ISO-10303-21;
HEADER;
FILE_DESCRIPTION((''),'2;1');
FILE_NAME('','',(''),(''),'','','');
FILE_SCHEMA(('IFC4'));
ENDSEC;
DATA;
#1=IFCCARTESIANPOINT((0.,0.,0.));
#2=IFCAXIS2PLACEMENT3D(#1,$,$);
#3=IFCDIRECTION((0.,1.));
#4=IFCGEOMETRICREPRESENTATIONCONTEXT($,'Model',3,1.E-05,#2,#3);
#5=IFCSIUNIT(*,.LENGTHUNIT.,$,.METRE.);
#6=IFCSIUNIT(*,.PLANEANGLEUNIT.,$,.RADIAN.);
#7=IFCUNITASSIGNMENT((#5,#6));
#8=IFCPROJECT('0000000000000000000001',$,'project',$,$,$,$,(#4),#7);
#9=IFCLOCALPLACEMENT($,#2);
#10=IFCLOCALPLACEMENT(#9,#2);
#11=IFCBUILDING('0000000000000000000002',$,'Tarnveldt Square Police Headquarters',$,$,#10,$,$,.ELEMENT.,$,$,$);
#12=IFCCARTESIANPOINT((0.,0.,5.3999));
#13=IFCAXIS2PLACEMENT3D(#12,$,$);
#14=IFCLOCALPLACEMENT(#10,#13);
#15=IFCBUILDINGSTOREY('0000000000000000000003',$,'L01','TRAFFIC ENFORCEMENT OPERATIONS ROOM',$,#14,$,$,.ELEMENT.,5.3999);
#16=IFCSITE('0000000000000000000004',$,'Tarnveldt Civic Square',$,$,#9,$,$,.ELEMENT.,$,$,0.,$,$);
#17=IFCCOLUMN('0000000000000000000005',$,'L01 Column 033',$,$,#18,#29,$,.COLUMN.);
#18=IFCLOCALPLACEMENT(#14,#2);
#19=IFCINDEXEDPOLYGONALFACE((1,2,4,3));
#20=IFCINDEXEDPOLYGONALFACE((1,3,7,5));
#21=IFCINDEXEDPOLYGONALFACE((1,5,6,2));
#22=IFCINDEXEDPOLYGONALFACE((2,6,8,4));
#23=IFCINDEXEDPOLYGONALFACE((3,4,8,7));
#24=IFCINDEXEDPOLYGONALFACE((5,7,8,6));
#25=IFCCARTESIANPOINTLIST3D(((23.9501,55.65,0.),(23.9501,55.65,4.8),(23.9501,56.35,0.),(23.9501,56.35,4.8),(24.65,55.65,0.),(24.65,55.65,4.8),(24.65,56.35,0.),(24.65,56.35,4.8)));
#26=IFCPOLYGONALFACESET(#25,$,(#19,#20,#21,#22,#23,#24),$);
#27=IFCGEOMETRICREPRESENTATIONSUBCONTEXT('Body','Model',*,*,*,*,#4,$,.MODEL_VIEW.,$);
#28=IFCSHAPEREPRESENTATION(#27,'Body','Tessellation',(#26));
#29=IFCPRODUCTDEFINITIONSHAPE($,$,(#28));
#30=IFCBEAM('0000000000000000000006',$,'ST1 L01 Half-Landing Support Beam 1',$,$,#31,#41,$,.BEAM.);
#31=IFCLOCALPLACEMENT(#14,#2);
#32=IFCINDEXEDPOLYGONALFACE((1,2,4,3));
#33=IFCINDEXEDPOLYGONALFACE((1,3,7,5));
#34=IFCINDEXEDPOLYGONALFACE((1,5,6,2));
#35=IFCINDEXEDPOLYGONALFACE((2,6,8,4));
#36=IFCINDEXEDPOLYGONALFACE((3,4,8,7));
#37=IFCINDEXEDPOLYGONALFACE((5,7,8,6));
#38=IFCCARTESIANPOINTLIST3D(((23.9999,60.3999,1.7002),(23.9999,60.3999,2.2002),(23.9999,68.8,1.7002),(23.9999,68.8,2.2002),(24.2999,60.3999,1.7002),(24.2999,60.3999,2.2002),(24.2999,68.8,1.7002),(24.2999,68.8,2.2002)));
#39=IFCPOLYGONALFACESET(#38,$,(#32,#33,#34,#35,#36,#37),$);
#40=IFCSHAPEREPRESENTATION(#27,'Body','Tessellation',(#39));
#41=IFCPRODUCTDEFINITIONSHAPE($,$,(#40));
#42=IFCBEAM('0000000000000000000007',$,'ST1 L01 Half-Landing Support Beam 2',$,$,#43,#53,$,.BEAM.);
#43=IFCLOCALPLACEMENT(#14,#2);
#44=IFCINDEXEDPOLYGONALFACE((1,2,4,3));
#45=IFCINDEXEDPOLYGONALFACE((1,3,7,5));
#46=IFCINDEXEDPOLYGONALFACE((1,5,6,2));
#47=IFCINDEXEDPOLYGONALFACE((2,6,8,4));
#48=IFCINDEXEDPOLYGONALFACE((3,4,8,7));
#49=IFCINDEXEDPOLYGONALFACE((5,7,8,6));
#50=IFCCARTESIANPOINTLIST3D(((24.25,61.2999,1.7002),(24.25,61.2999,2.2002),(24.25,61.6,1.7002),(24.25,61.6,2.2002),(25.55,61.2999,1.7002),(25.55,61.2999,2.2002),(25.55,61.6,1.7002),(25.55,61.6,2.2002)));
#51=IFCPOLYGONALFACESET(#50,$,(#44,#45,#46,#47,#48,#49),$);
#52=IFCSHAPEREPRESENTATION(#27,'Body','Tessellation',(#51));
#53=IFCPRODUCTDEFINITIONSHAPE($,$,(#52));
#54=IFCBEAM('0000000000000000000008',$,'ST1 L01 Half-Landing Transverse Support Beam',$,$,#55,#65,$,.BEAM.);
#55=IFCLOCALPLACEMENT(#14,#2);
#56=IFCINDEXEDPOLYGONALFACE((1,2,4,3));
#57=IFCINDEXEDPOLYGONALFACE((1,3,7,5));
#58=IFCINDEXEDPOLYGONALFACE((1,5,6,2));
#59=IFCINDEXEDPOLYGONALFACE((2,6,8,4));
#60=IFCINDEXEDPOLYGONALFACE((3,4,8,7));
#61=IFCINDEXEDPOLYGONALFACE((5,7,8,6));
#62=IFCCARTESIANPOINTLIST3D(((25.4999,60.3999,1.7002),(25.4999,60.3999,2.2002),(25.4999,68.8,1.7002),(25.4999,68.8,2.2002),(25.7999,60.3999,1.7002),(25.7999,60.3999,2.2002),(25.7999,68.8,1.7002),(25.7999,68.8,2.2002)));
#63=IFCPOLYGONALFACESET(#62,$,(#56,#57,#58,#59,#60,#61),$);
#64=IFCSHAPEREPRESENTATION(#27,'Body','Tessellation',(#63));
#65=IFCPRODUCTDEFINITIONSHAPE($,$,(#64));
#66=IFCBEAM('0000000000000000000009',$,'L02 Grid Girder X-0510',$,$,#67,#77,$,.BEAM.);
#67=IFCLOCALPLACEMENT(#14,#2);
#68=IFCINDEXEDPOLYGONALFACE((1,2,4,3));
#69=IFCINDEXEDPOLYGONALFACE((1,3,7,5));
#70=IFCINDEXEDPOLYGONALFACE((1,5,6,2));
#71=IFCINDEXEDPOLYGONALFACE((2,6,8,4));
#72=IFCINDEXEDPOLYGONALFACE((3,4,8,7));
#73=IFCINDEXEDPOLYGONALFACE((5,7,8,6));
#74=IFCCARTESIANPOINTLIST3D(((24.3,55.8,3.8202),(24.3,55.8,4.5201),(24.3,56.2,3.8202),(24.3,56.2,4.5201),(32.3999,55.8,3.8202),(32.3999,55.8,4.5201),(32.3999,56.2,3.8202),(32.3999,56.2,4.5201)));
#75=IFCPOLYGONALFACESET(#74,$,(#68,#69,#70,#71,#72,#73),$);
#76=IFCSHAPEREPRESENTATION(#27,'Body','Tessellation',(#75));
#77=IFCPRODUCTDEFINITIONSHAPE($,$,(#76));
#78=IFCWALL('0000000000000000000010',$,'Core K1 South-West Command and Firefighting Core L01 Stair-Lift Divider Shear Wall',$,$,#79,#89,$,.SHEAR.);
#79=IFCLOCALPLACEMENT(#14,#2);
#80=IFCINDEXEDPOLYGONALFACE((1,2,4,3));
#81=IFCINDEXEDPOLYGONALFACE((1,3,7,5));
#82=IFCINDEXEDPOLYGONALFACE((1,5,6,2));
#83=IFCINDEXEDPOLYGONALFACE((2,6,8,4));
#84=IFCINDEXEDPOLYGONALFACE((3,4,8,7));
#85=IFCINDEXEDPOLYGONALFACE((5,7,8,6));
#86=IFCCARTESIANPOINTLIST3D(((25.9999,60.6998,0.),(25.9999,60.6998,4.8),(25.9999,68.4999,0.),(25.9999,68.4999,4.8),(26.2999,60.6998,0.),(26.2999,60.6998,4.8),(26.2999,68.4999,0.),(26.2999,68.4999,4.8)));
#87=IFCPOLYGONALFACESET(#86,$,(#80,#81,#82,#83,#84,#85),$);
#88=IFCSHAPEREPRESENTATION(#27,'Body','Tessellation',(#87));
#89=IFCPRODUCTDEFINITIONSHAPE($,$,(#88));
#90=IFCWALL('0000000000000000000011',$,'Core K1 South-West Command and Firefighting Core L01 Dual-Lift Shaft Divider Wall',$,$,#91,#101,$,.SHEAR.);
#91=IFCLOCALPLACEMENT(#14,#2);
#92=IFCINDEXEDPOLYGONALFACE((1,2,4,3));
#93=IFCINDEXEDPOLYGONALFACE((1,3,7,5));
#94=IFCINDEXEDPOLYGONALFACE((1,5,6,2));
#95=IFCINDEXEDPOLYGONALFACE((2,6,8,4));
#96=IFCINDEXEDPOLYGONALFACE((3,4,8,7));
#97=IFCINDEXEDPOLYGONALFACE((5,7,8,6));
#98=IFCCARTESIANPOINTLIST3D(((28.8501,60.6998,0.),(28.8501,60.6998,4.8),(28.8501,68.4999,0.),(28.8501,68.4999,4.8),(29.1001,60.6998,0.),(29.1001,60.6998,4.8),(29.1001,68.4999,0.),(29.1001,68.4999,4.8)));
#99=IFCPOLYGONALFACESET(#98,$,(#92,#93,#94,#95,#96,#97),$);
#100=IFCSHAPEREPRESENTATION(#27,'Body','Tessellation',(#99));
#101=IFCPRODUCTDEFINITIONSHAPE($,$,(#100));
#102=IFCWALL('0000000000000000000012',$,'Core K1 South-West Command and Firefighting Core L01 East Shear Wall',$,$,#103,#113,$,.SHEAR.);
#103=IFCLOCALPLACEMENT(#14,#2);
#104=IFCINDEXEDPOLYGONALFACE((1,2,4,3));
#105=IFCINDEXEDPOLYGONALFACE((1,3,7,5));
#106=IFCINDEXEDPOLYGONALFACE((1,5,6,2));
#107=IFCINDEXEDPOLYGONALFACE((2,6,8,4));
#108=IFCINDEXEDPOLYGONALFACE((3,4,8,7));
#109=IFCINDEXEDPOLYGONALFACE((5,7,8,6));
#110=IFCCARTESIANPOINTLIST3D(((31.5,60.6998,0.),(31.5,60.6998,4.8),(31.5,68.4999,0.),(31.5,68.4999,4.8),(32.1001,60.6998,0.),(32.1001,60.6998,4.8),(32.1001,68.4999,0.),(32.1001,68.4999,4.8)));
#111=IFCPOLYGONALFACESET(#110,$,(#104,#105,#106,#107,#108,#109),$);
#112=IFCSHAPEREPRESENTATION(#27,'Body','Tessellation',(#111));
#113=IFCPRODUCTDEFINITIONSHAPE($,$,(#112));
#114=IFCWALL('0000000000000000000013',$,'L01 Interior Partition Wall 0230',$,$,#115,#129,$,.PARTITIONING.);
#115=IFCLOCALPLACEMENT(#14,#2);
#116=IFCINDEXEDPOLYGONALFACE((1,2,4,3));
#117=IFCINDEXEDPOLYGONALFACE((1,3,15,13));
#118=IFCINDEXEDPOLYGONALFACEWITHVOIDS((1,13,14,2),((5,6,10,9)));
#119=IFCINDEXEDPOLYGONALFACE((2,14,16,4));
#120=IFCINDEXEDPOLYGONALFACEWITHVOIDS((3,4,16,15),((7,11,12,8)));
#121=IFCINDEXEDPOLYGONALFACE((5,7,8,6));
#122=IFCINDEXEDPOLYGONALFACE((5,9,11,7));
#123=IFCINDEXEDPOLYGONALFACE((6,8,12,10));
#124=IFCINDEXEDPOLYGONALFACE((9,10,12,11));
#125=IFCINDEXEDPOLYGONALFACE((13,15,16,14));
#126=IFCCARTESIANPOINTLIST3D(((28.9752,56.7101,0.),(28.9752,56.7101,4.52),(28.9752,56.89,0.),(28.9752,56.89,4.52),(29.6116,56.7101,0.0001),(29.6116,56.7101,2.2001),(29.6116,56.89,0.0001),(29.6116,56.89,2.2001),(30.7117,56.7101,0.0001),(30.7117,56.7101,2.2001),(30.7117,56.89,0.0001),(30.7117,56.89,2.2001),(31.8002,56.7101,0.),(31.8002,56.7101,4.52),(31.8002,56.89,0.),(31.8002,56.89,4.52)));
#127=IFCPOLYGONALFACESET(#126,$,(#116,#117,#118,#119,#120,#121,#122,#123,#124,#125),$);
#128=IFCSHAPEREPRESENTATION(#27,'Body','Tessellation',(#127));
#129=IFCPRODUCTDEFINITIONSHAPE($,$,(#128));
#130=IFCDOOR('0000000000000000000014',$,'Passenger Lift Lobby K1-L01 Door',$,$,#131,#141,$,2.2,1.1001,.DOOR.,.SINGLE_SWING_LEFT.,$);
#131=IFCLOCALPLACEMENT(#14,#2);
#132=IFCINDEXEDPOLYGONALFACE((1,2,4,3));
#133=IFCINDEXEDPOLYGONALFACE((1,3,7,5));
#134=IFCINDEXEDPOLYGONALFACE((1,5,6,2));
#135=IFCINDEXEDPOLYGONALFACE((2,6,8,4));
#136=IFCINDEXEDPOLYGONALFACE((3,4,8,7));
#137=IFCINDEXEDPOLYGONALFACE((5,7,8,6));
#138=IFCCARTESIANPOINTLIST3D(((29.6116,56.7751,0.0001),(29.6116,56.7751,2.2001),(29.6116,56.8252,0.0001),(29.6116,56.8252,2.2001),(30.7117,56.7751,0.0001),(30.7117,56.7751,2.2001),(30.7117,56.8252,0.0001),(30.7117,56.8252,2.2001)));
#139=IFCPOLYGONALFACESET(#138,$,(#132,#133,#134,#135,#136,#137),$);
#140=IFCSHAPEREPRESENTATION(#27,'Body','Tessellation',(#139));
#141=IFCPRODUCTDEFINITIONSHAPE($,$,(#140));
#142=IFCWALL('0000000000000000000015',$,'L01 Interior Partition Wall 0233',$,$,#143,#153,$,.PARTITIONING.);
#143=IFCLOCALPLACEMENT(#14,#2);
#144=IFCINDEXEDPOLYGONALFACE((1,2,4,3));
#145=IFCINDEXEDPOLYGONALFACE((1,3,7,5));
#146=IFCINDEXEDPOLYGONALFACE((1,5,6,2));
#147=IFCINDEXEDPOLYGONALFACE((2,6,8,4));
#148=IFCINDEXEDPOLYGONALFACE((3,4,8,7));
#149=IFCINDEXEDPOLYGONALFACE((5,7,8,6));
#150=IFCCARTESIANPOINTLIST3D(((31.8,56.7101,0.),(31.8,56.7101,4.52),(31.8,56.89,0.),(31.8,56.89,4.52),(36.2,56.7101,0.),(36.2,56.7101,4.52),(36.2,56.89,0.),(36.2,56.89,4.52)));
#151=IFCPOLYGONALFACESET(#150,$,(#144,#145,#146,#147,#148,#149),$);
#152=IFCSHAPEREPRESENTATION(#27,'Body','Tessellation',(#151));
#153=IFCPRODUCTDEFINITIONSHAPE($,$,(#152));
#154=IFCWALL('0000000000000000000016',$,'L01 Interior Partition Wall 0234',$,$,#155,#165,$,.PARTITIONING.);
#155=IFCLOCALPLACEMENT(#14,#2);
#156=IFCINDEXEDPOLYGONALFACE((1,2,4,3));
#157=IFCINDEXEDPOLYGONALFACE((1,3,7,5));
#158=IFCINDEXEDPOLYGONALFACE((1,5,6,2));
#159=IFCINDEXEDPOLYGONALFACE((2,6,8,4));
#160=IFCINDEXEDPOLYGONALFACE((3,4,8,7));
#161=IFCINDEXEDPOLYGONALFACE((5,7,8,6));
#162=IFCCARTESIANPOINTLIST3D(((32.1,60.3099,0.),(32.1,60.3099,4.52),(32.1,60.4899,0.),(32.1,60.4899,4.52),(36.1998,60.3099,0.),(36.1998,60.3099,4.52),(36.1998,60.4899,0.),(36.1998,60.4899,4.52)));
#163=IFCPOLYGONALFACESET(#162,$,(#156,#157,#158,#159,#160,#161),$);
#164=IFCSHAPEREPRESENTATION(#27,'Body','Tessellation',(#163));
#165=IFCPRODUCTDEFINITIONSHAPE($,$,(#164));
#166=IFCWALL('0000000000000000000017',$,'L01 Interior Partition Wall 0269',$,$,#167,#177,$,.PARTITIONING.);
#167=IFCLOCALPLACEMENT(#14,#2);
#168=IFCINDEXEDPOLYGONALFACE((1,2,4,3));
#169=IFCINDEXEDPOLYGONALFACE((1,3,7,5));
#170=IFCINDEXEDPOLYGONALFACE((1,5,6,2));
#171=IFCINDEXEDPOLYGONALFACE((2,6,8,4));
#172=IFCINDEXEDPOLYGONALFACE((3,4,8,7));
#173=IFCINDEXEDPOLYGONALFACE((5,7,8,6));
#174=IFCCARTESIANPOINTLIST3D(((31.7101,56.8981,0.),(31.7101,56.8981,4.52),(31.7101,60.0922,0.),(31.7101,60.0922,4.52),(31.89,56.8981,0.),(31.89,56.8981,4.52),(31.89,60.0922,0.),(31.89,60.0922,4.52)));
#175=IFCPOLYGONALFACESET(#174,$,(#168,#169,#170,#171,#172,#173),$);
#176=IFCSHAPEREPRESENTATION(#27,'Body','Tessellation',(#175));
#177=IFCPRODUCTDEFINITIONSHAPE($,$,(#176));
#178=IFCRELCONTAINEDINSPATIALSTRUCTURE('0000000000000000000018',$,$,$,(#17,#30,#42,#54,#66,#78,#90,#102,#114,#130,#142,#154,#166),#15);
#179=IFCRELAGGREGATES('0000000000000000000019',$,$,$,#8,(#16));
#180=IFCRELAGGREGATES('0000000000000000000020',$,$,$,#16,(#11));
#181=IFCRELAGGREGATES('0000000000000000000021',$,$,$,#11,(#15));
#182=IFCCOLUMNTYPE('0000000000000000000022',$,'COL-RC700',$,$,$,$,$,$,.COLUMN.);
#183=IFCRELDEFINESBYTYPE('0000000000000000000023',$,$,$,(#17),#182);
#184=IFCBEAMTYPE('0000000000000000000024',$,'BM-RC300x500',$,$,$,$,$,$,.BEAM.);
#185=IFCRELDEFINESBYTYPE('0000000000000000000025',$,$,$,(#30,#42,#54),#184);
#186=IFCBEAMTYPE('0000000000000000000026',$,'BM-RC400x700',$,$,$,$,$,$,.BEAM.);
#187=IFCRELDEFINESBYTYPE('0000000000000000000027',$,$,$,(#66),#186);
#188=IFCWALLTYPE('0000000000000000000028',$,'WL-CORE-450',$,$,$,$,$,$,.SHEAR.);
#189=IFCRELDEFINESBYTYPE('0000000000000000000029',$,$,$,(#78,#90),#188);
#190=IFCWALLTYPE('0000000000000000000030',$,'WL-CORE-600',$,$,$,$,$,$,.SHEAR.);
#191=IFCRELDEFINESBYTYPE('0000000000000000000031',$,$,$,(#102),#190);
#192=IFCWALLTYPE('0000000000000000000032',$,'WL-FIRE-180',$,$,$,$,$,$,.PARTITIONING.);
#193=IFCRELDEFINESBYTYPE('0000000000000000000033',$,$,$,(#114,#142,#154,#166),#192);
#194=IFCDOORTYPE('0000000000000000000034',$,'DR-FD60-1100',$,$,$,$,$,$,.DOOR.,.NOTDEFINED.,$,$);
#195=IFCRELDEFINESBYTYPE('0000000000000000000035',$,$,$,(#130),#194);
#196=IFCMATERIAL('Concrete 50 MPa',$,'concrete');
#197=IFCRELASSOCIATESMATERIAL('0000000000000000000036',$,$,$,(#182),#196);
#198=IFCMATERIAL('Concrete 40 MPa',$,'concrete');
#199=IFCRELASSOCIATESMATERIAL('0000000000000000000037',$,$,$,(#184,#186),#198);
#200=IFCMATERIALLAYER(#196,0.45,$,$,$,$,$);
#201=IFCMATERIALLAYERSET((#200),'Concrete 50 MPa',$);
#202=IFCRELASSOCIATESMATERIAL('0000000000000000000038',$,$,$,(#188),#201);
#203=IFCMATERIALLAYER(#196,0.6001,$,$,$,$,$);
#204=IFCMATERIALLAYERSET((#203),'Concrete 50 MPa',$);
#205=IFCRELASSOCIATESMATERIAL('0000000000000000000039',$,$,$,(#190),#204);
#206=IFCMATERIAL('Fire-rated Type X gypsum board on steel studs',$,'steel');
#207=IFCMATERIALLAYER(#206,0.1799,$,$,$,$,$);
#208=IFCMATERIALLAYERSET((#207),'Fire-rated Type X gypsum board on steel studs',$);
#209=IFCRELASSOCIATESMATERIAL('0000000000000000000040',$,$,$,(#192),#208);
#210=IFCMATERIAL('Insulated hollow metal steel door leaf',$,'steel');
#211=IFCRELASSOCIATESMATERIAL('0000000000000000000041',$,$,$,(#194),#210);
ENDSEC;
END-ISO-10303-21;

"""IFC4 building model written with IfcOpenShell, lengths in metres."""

from ifc_helpers import new_model, si_unit, direction, frame, frame_2d, origin, origin_2d, place, context, subcontext, project, spatial, rectangle, extrude, material, layer, layer_set, material_profile, profile_set, type_object, element, fill, save


model = new_model("IFC4")

# Units and contexts
model_context = context("Model", 3, precision=1e-05, world=origin(), true_north=direction((0.0, 1.0)))
body_context = subcontext(model_context, "Body", "Model", "MODEL_VIEW")
ifc_project = project(units=[si_unit("LENGTHUNIT", "METRE"), si_unit("PLANEANGLEUNIT", "RADIAN")], contexts=[model_context])

# Site, building, storey
site_placement = place(None, origin())
site = spatial("IfcSite", under=ifc_project, at=site_placement, Name="Tarnveldt Civic Square", CompositionType="ELEMENT", RefElevation=0.0)
building_placement = place(site_placement, origin())
building = spatial("IfcBuilding", under=site, at=building_placement, Name="Tarnveldt Square Police Headquarters", CompositionType="ELEMENT")
storey_placement = place(building_placement, frame((0.0, 0.0, 5.3999)))
storey = spatial("IfcBuildingStorey", under=building, at=storey_placement, Name="L01", Description="TRAFFIC ENFORCEMENT OPERATIONS ROOM", CompositionType="ELEMENT", Elevation=5.3999)

# Column
ifc_material_1 = material(Name="Concrete 50 MPa", Category="concrete")
ifc_material_profile_1 = material_profile(ifc_material_1, rectangle(XDim=0.7, YDim=0.7, at=origin_2d()), Name="RC-C700x700")
ifc_profile_set_1 = profile_set([ifc_material_profile_1], Name="Concrete 50 MPa")
column_type = type_object("IfcColumnType", Name="COL-RC700", PredefinedType="COLUMN", material=ifc_profile_set_1)
column_placement = place(storey_placement, frame((24.3, 56.0, 0.0), z_axis=(0.0, 0.0, 1.0), x_axis=(1.0, 0.0, 0.0)))
element("IfcColumn", 1, at=column_placement, inside=storey, type_object=column_type, Name="L01 Column 033", PredefinedType="COLUMN", context=body_context, shape_type="SweptSolid", body=[
    extrude(rectangle(XDim=0.7, YDim=0.7, at=origin_2d()), origin(), (0.0, 0.0, 1.0), 4.8),
])

# Beams
ifc_material_2 = material(Name="Concrete 40 MPa", Category="concrete")
ifc_material_profile_2 = material_profile(ifc_material_2, rectangle(XDim=0.3, YDim=0.5, at=origin_2d()), Name="RC-B300x500")
ifc_profile_set_2 = profile_set([ifc_material_profile_2], Name="Concrete 40 MPa")
beam_type_1 = type_object("IfcBeamType", Name="BM-RC300x500", PredefinedType="BEAM", material=ifc_profile_set_2)
beam_1_placement = place(storey_placement, frame((24.1499, 60.3999, 1.9502), z_axis=(0.0, 1.0, 0.0), x_axis=(-1.0, 0.0, 0.0)))
element("IfcBeam", 2, at=beam_1_placement, inside=storey, type_object=beam_type_1, Name="ST1 L01 Half-Landing Support Beam 1", PredefinedType="BEAM", context=body_context, shape_type="SweptSolid", body=[
    extrude(rectangle(XDim=0.3, YDim=0.5, at=origin_2d()), origin(), (0.0, 0.0, 1.0), 8.4001),
])
beam_2_placement = place(storey_placement, frame((24.25, 61.45, 1.9502), z_axis=(1.0, 0.0, 0.0), x_axis=(0.0, 1.0, 0.0)))
element("IfcBeam", 3, at=beam_2_placement, inside=storey, type_object=beam_type_1, Name="ST1 L01 Half-Landing Support Beam 2", PredefinedType="BEAM", context=body_context, shape_type="SweptSolid", body=[
    extrude(rectangle(XDim=0.3, YDim=0.5, at=origin_2d()), origin(), (0.0, 0.0, 1.0), 1.3),
])
beam_3_placement = place(storey_placement, frame((25.6499, 60.3999, 1.9502), z_axis=(0.0, 1.0, 0.0), x_axis=(-1.0, 0.0, 0.0)))
element("IfcBeam", 4, at=beam_3_placement, inside=storey, type_object=beam_type_1, Name="ST1 L01 Half-Landing Transverse Support Beam", PredefinedType="BEAM", context=body_context, shape_type="SweptSolid", body=[
    extrude(rectangle(XDim=0.3, YDim=0.5, at=origin_2d()), origin(), (0.0, 0.0, 1.0), 8.4001),
])
ifc_material_profile_3 = material_profile(ifc_material_2, rectangle(XDim=0.3999, YDim=0.7, at=origin_2d()), Name="RC-B400x700")
ifc_profile_set_3 = profile_set([ifc_material_profile_3], Name="Concrete 40 MPa")
beam_type_2 = type_object("IfcBeamType", Name="BM-RC400x700", PredefinedType="BEAM", material=ifc_profile_set_3)
beam_4_placement = place(storey_placement, frame((24.3, 56.0, 4.1702), z_axis=(1.0, 0.0, 0.0), x_axis=(0.0, 1.0, 0.0)))
element("IfcBeam", 5, at=beam_4_placement, inside=storey, type_object=beam_type_2, Name="L02 Grid Girder X-0510", PredefinedType="BEAM", context=body_context, shape_type="SweptSolid", body=[
    extrude(rectangle(XDim=0.3999, YDim=0.7, at=origin_2d()), origin(), (0.0, 0.0, 1.0), 8.0999),
])

# Walls
ifc_layer_1 = layer(ifc_material_1, 0.45)
ifc_layer_set_1 = layer_set([ifc_layer_1], Name="Concrete 50 MPa")
wall_type_1 = type_object("IfcWallType", Name="WL-CORE-450", PredefinedType="SHEAR", material=ifc_layer_set_1)
wall_1_placement = place(storey_placement, frame((26.1499, 60.7, 0.0), z_axis=(0.0, 0.0, 1.0), x_axis=(0.0, 1.0, 0.0)))
element("IfcWall", 6, at=wall_1_placement, inside=storey, type_object=wall_type_1, Name="Core K1 South-West Command and Firefighting Core L01 Stair-Lift Divider Shear Wall", PredefinedType="SHEAR", context=body_context, shape_type="SweptSolid", body=[
    extrude(rectangle(XDim=7.8, YDim=0.3, at=frame_2d((3.8999, 0.0))), origin(), (0.0, 0.0, 1.0), 4.8),
])
wall_2_placement = place(storey_placement, frame((28.9751, 60.7, 0.0), z_axis=(0.0, 0.0, 1.0), x_axis=(0.0, 1.0, 0.0)))
element("IfcWall", 7, at=wall_2_placement, inside=storey, type_object=wall_type_1, Name="Core K1 South-West Command and Firefighting Core L01 Dual-Lift Shaft Divider Wall", PredefinedType="SHEAR", context=body_context, shape_type="SweptSolid", body=[
    extrude(rectangle(XDim=7.8, YDim=0.25, at=frame_2d((3.8999, 0.0))), origin(), (0.0, 0.0, 1.0), 4.8),
])
ifc_layer_2 = layer(ifc_material_1, 0.6001)
ifc_layer_set_2 = layer_set([ifc_layer_2], Name="Concrete 50 MPa")
wall_type_2 = type_object("IfcWallType", Name="WL-CORE-600", PredefinedType="SHEAR", material=ifc_layer_set_2)
wall_3_placement = place(storey_placement, frame((31.8, 60.7, 0.0), z_axis=(0.0, 0.0, 1.0), x_axis=(0.0, 1.0, 0.0)))
element("IfcWall", 8, at=wall_3_placement, inside=storey, type_object=wall_type_2, Name="Core K1 South-West Command and Firefighting Core L01 East Shear Wall", PredefinedType="SHEAR", context=body_context, shape_type="SweptSolid", body=[
    extrude(rectangle(XDim=7.8, YDim=0.6001, at=frame_2d((3.8999, 0.0))), origin(), (0.0, 0.0, 1.0), 4.8),
])

# Wall, opening, door
ifc_material_3 = material(Name="Fire-rated Type X gypsum board on steel studs", Category="steel")
ifc_layer_3 = layer(ifc_material_3, 0.1799)
ifc_layer_set_3 = layer_set([ifc_layer_3], Name="Fire-rated Type X gypsum board on steel studs")
wall_type_3 = type_object("IfcWallType", Name="WL-FIRE-180", PredefinedType="PARTITIONING", material=ifc_layer_set_3)
wall_4_placement = place(storey_placement, frame((28.9751, 56.8, 0.0), z_axis=(0.0, 0.0, 1.0), x_axis=(1.0, 0.0, 0.0)))
wall_4 = element("IfcWall", 9, at=wall_4_placement, inside=storey, type_object=wall_type_3, Name="L01 Interior Partition Wall 0230", PredefinedType="PARTITIONING", context=body_context, shape_type="SweptSolid", body=[
    extrude(rectangle(XDim=2.825, YDim=0.1799, at=frame_2d((1.4126, 0.0))), origin(), (0.0, 0.0, 1.0), 4.52),
])
opening_placement = place(wall_4_placement, frame((0.6365, 0.0, 0.0)))
opening = element("IfcOpeningElement", 10, at=opening_placement, cuts=wall_4, PredefinedType="OPENING", context=body_context, shape_type="SweptSolid", body=[
    extrude(rectangle(XDim=1.1001, YDim=2.2, at=frame_2d((0.55, 1.1001))), frame((0.0, 0.0999, 0.0), z_axis=(0.0, -1.0, 0.0), x_axis=(1.0, 0.0, 0.0)), (0.0, 0.0, 1.0), 0.2),
])
ifc_material_4 = material(Name="Insulated hollow metal steel door leaf", Category="steel")
door_type = type_object("IfcDoorType", Name="DR-FD60-1100", OperationType="NOTDEFINED", PredefinedType="DOOR", material=ifc_material_4)
door_placement = place(opening_placement, frame((1.1001, 0.0, 0.0), z_axis=(0.0, 0.0, 1.0), x_axis=(-1.0, 0.0, 0.0)))
door = element("IfcDoor", 11, at=door_placement, inside=storey, type_object=door_type, Name="Passenger Lift Lobby K1-L01 Door", OperationType="SINGLE_SWING_LEFT", OverallHeight=2.2, OverallWidth=1.1001, PredefinedType="DOOR", context=body_context, shape_type="SweptSolid", body=[
    extrude(rectangle(XDim=1.1001, YDim=2.2, at=frame_2d((0.55, 1.1001))), frame((0.0, 0.0249, 0.0), z_axis=(0.0, -1.0, 0.0), x_axis=(1.0, 0.0, 0.0)), (0.0, 0.0, 1.0), 0.05),
])
fill(opening, door)

# Walls
wall_5_placement = place(storey_placement, frame((31.8, 56.8, 0.0), z_axis=(0.0, 0.0, 1.0), x_axis=(1.0, 0.0, 0.0)))
element("IfcWall", 12, at=wall_5_placement, inside=storey, type_object=wall_type_3, Name="L01 Interior Partition Wall 0233", PredefinedType="PARTITIONING", context=body_context, shape_type="SweptSolid", body=[
    extrude(rectangle(XDim=4.3999, YDim=0.1799, at=frame_2d((2.2, 0.0))), origin(), (0.0, 0.0, 1.0), 4.52),
])
wall_6_placement = place(storey_placement, frame((32.1001, 60.3999, 0.0), z_axis=(0.0, 0.0, 1.0), x_axis=(1.0, 0.0, 0.0)))
element("IfcWall", 13, at=wall_6_placement, inside=storey, type_object=wall_type_3, Name="L01 Interior Partition Wall 0234", PredefinedType="PARTITIONING", context=body_context, shape_type="SweptSolid", body=[
    extrude(rectangle(XDim=4.0999, YDim=0.1799, at=frame_2d((2.0498, 0.0))), origin(), (0.0, 0.0, 1.0), 4.52),
])
wall_7_placement = place(storey_placement, frame((31.8, 56.8979, 0.0), z_axis=(0.0, 0.0, 1.0), x_axis=(0.0, 1.0, 0.0)))
element("IfcWall", 14, at=wall_7_placement, inside=storey, type_object=wall_type_3, Name="L01 Interior Partition Wall 0269", PredefinedType="PARTITIONING", context=body_context, shape_type="SweptSolid", body=[
    extrude(rectangle(XDim=3.1941, YDim=0.1799, at=frame_2d((1.5972, 0.0))), origin(), (0.0, 0.0, 1.0), 4.52),
])

save(model, "model.ifc")
